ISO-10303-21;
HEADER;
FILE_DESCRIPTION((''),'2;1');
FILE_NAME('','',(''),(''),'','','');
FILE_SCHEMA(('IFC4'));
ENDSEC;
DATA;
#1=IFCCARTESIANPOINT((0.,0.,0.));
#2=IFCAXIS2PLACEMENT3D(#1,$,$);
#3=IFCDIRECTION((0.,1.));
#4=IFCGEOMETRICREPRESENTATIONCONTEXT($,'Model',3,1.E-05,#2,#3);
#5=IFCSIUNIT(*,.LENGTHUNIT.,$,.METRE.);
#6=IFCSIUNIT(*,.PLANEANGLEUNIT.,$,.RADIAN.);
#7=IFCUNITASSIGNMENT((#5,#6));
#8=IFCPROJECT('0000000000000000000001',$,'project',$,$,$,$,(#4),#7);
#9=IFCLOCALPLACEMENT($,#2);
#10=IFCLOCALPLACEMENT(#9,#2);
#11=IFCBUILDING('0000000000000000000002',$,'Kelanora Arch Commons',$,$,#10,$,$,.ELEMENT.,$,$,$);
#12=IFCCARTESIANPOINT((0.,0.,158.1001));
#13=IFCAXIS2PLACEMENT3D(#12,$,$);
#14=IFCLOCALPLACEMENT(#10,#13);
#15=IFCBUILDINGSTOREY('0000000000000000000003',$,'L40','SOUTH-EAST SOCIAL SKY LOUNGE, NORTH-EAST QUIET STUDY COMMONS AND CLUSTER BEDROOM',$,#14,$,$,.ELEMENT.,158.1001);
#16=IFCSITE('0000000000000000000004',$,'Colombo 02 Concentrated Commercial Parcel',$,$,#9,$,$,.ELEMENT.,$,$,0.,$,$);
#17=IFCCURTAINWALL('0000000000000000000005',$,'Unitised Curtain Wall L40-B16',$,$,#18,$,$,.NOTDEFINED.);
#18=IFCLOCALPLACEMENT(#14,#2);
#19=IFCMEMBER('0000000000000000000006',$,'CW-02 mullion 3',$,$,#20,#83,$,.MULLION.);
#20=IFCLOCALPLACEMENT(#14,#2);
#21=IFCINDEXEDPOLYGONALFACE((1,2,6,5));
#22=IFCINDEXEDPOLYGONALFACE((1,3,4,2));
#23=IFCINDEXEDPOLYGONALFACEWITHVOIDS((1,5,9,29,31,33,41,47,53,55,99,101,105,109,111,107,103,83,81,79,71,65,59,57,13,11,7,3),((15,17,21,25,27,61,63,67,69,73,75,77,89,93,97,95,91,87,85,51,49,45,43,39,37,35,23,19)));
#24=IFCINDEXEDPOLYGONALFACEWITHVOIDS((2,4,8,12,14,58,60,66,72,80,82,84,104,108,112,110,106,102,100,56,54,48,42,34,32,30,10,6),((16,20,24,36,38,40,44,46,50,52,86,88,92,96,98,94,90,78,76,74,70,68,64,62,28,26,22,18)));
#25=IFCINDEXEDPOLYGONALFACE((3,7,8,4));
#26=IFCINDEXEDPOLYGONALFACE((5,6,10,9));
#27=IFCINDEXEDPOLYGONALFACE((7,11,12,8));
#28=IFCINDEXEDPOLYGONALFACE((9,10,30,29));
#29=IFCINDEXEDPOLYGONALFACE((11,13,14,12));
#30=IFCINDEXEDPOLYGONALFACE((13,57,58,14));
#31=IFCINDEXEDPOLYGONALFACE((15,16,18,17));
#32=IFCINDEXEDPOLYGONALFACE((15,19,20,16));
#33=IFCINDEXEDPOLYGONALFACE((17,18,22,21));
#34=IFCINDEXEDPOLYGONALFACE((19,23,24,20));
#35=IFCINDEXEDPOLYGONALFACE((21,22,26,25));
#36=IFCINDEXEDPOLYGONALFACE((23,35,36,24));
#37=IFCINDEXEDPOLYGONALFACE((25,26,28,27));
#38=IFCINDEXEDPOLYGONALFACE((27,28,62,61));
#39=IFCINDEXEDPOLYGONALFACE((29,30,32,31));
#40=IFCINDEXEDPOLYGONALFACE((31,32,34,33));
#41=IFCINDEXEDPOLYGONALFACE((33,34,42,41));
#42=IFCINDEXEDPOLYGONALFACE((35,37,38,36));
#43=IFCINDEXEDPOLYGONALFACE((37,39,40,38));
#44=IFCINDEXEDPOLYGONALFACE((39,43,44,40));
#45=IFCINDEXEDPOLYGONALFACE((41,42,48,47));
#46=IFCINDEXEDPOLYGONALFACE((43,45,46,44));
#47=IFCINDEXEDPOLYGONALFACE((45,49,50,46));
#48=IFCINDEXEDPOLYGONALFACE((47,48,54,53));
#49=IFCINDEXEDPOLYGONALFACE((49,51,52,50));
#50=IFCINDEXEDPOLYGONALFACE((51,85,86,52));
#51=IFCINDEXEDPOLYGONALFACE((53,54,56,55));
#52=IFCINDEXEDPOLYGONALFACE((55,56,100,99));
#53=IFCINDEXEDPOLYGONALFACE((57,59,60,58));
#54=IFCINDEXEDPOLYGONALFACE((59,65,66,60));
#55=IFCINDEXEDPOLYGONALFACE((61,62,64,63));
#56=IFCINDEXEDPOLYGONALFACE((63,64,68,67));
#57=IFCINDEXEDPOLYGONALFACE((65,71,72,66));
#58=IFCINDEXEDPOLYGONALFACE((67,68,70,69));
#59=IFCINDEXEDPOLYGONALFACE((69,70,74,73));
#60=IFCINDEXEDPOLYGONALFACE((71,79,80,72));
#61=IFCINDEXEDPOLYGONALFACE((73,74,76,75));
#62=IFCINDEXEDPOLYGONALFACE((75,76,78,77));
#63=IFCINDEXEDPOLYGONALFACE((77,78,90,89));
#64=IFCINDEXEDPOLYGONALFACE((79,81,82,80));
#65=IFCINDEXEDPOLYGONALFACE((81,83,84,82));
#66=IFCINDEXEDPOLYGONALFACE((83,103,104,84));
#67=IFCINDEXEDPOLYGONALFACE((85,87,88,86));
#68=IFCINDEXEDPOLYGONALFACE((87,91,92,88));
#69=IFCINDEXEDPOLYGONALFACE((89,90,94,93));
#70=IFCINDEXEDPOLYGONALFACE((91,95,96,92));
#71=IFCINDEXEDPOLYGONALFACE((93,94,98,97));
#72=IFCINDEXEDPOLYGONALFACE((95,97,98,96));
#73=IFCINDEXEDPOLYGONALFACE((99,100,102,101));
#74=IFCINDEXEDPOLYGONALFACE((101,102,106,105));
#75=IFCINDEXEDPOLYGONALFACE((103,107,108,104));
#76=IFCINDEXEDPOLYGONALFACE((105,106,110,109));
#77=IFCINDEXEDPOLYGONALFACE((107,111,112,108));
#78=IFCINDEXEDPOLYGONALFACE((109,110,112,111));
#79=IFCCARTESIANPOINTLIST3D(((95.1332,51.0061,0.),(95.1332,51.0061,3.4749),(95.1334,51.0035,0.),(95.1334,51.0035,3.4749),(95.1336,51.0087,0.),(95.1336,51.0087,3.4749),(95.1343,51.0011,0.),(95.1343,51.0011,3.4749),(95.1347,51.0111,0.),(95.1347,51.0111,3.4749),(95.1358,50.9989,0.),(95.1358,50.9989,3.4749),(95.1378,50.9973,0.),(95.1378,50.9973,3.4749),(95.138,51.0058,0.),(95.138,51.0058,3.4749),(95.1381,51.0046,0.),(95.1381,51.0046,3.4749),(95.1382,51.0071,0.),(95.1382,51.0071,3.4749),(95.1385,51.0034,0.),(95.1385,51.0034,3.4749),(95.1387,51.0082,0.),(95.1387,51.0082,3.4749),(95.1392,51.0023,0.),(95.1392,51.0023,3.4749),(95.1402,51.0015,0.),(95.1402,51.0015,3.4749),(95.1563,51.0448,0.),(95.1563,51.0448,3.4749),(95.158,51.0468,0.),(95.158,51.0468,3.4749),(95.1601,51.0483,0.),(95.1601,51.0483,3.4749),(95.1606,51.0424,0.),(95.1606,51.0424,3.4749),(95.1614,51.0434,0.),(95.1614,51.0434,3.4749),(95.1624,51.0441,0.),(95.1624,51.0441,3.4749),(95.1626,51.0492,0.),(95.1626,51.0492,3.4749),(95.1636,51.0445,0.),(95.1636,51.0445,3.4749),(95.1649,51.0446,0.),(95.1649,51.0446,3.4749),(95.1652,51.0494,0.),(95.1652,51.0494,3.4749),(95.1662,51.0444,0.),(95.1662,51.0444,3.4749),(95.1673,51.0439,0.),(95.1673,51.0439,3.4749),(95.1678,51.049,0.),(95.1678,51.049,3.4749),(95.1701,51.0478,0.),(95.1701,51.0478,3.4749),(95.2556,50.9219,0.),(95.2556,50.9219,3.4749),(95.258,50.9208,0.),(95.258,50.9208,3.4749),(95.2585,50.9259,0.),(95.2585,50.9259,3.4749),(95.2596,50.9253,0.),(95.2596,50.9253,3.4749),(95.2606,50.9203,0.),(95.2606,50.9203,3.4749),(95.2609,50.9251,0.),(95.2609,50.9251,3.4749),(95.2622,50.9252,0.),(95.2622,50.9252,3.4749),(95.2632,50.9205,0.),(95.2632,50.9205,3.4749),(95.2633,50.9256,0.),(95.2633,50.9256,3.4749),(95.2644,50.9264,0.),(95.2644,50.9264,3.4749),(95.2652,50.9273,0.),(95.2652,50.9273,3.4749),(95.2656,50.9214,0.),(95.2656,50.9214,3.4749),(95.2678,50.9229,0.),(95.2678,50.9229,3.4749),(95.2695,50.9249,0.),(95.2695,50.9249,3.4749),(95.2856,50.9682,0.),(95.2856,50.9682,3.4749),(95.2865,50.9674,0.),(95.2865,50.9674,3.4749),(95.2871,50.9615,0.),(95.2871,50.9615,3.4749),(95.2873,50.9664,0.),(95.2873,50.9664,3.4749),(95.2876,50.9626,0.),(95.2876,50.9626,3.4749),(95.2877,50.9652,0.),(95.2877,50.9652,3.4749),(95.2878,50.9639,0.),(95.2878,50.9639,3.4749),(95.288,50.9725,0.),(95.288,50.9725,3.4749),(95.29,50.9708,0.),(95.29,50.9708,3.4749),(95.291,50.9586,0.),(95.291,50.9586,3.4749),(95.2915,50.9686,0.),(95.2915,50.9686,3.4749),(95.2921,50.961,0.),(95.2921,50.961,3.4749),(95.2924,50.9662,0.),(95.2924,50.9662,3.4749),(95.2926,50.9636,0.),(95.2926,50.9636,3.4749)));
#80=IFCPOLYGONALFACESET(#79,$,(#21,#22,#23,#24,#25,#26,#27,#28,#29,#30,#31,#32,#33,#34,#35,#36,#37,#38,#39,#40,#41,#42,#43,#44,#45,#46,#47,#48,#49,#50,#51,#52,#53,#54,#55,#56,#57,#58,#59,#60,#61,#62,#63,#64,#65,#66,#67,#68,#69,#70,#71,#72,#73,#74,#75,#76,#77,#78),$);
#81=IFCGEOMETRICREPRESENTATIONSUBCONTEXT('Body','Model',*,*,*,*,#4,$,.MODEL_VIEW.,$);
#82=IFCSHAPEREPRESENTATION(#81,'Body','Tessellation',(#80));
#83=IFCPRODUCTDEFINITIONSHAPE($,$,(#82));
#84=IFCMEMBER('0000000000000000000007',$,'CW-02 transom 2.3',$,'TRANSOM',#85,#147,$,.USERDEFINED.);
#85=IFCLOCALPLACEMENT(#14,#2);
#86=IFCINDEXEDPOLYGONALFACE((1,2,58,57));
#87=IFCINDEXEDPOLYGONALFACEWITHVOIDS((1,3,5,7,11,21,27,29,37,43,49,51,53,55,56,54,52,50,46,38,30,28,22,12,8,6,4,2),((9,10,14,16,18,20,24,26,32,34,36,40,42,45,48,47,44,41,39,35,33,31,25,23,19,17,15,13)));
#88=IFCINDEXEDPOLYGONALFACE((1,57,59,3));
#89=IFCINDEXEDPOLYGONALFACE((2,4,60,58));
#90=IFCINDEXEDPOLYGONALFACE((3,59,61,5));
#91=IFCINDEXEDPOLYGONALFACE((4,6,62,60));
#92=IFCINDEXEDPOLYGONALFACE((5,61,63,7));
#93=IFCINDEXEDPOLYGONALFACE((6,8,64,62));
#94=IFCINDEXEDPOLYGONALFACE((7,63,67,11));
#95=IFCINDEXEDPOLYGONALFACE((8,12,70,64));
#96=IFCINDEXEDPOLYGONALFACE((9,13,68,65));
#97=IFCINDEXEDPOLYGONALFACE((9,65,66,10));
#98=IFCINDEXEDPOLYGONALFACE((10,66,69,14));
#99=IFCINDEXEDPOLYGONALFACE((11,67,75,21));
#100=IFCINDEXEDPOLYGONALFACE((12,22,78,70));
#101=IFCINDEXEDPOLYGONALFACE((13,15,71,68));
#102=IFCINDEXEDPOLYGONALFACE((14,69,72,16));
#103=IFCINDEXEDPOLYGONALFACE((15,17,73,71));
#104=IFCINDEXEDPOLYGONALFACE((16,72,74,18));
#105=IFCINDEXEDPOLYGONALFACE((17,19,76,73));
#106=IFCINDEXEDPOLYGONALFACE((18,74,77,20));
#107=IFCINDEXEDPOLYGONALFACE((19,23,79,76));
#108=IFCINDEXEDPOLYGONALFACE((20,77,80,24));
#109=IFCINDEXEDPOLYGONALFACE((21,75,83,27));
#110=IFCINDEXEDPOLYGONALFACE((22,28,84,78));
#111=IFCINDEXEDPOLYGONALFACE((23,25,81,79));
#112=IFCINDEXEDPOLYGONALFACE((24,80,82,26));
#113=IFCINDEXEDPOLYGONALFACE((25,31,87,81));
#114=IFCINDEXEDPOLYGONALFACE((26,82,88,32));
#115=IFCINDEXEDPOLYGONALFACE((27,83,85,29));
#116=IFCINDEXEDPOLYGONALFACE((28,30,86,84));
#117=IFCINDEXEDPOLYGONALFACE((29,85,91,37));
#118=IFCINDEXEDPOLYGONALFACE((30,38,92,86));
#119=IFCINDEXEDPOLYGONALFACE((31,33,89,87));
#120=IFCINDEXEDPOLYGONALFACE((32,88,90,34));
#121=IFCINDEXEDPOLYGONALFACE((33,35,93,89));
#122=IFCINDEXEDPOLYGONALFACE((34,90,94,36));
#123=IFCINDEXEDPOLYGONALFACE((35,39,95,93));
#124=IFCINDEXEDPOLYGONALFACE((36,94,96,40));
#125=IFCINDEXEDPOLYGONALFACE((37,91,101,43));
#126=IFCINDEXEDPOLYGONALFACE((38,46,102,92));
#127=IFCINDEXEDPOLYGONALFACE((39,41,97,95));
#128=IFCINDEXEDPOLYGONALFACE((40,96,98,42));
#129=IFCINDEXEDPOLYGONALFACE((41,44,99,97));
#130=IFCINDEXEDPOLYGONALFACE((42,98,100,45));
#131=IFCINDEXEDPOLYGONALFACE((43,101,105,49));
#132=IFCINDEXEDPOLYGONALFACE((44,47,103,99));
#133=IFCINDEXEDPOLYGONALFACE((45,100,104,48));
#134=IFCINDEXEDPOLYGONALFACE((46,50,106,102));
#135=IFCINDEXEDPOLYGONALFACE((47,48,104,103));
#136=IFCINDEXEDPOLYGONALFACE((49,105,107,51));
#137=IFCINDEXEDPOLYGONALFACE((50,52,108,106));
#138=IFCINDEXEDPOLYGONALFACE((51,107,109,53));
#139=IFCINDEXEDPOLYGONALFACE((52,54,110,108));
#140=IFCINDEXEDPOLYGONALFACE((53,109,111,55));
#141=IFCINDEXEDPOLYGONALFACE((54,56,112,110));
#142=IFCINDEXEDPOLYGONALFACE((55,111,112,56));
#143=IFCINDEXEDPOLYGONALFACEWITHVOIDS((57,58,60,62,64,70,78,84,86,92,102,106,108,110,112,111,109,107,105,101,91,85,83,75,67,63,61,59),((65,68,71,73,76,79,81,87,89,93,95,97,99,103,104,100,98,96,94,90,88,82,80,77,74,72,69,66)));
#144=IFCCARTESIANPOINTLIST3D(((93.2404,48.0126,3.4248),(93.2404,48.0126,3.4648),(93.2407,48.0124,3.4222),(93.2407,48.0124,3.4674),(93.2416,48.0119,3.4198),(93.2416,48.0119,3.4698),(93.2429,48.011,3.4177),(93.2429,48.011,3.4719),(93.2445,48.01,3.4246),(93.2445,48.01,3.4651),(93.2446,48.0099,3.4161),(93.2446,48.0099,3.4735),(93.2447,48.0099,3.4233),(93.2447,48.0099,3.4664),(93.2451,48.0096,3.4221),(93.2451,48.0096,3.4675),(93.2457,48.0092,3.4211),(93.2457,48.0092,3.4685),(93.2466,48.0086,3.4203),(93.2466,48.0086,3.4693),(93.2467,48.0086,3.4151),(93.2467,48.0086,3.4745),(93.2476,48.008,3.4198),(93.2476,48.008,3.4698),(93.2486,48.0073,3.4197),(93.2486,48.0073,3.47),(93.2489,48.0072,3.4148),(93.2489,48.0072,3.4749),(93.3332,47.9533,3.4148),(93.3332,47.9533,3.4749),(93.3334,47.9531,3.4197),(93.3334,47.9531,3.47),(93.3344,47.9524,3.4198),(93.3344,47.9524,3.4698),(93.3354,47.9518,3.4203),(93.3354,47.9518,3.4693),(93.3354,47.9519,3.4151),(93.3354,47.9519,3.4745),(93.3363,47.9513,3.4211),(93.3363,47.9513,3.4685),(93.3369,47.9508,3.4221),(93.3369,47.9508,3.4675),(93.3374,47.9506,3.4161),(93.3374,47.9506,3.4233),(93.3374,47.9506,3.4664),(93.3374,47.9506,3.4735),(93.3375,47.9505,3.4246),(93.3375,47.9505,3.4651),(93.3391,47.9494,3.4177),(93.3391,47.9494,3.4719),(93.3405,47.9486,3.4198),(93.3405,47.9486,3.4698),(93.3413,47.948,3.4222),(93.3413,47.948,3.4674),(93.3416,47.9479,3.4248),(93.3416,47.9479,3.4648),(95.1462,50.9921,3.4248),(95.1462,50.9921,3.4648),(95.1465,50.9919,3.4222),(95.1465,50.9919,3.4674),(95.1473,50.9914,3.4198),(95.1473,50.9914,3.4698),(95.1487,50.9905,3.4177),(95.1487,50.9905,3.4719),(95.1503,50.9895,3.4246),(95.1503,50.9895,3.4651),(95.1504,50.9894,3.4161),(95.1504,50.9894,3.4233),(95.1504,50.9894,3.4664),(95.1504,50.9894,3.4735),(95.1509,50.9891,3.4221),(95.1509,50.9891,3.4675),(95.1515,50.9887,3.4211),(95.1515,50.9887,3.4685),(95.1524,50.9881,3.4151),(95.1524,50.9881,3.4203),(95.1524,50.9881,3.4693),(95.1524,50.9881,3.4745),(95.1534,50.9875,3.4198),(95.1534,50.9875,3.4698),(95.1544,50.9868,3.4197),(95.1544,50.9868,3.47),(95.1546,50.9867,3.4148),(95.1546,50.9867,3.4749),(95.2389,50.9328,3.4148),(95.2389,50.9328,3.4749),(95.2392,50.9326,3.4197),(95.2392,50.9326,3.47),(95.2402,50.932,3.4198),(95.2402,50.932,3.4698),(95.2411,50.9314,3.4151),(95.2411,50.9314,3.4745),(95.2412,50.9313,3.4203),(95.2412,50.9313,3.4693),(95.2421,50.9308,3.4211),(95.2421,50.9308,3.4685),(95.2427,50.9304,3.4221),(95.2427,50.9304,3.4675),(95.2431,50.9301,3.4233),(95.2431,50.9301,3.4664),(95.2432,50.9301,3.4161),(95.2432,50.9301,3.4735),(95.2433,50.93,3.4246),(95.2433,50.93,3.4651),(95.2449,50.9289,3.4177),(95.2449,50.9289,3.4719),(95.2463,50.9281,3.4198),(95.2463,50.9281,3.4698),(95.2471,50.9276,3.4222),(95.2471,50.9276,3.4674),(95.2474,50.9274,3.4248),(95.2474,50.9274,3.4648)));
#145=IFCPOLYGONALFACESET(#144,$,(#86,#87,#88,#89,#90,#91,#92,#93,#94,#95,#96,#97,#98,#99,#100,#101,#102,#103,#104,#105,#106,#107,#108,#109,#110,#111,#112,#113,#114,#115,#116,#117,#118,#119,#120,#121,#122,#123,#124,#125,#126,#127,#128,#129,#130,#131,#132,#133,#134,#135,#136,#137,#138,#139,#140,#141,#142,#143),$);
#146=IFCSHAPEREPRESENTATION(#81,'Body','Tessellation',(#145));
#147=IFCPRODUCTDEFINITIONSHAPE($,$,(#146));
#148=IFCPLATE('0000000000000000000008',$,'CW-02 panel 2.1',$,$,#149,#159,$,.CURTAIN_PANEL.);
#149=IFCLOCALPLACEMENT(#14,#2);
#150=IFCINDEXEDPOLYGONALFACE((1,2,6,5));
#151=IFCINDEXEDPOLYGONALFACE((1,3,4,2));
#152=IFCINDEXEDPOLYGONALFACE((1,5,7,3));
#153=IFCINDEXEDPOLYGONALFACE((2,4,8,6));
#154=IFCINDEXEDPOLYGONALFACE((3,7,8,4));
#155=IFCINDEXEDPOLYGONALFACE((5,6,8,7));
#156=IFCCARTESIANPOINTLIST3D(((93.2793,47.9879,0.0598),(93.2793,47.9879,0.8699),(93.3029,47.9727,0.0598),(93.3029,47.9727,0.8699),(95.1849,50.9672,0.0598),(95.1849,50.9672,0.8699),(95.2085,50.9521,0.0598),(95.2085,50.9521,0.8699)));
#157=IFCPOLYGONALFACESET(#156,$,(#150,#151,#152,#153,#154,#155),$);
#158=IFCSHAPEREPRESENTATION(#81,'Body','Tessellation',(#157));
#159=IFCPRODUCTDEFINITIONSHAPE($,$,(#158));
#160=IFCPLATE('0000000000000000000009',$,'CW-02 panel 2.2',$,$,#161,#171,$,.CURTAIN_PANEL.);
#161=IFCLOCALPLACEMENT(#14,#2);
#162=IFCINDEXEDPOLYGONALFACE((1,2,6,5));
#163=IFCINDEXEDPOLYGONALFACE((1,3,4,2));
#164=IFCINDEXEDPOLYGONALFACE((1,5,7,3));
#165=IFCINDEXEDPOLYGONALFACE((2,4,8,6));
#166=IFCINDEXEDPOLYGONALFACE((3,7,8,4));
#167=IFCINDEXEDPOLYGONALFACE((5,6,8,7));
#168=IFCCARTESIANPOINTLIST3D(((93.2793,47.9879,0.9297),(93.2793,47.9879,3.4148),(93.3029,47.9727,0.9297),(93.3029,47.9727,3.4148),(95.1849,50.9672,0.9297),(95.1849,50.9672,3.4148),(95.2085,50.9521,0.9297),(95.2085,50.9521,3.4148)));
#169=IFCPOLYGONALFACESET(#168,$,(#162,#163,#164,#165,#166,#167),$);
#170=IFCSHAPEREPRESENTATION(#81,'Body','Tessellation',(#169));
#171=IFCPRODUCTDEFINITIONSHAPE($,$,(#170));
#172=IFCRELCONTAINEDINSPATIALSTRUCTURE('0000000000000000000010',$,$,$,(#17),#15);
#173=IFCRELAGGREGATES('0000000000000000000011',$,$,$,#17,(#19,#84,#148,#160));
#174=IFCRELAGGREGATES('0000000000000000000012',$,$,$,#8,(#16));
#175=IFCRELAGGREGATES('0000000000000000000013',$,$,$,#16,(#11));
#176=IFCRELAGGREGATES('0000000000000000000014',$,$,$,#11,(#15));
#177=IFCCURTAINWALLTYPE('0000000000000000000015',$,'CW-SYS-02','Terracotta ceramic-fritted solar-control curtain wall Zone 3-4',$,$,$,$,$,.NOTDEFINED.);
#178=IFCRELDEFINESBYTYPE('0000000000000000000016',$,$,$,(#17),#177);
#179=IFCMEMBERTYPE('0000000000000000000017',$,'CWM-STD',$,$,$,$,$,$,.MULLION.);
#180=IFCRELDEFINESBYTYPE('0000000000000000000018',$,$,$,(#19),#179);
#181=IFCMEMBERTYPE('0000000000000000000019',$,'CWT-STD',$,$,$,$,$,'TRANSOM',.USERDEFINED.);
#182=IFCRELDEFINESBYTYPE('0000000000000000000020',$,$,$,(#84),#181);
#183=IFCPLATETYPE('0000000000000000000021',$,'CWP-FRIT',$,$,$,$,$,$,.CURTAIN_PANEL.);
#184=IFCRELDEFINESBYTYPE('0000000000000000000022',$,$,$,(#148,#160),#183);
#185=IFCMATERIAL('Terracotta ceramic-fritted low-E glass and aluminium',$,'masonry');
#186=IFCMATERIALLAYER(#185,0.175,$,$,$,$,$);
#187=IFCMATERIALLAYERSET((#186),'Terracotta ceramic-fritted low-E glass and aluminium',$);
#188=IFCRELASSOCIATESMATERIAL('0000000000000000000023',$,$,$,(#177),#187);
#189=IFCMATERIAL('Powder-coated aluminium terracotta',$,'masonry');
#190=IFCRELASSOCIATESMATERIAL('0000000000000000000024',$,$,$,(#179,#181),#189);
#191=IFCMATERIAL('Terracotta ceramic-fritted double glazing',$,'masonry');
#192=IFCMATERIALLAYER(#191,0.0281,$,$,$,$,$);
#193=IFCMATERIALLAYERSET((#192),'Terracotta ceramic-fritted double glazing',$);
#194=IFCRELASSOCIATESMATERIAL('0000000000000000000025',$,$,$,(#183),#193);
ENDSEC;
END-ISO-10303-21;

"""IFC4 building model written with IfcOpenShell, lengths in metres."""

from ifc_helpers import new_model, si_unit, direction, frame, origin, origin_2d, place, context, subcontext, project, spatial, rectangle, hollow_rectangle, extrude, source, transform, mapped, material, layer, layer_set, material_profile, profile_set, type_object, element, aggregate, save


model = new_model("IFC4")

# Units and contexts
model_context = context("Model", 3, precision=1e-05, world=origin(), true_north=direction((0.0, 1.0)))
body_context = subcontext(model_context, "Body", "Model", "MODEL_VIEW")
ifc_project = project(units=[si_unit("LENGTHUNIT", "METRE"), si_unit("PLANEANGLEUNIT", "RADIAN")], contexts=[model_context])

# Site, building, storey
site_placement = place(None, origin())
site = spatial("IfcSite", under=ifc_project, at=site_placement, Name="Colombo 02 Concentrated Commercial Parcel", CompositionType="ELEMENT", RefElevation=0.0)
building_placement = place(site_placement, origin())
building = spatial("IfcBuilding", under=site, at=building_placement, Name="Kelanora Arch Commons", CompositionType="ELEMENT")
storey_placement = place(building_placement, frame((0.0, 0.0, 158.1001)))
storey = spatial("IfcBuildingStorey", under=building, at=storey_placement, Name="L40", Description="SOUTH-EAST SOCIAL SKY LOUNGE, NORTH-EAST QUIET STUDY COMMONS AND CLUSTER BEDROOM", CompositionType="ELEMENT", Elevation=158.1001)

# Curtain wall, members, plates
ifc_material_1 = material(Name="Terracotta ceramic-fritted low-E glass and aluminium", Category="masonry")
ifc_layer_1 = layer(ifc_material_1, 0.175)
ifc_layer_set_1 = layer_set([ifc_layer_1], Name="Terracotta ceramic-fritted low-E glass and aluminium")
curtain_wall_type = type_object("IfcCurtainWallType", Name="CW-SYS-02", Description="Terracotta ceramic-fritted solar-control curtain wall Zone 3-4", PredefinedType="NOTDEFINED", material=ifc_layer_set_1)
curtain_wall_placement = place(storey_placement, origin())
curtain_wall = element("IfcCurtainWall", 1, at=curtain_wall_placement, inside=storey, type_object=curtain_wall_type, Name="Unitised Curtain Wall L40-B16", PredefinedType="NOTDEFINED")
ifc_material_2 = material(Name="Powder-coated aluminium terracotta", Category="masonry")
ifc_material_profile_1 = material_profile(ifc_material_2, hollow_rectangle(XDim=0.1599, YDim=0.0601, WallThickness=0.0049, InnerFilletRadius=0.0049, OuterFilletRadius=0.01, at=origin_2d()), Name="CWM160x60")
ifc_profile_set_1 = profile_set([ifc_material_profile_1], Name="Powder-coated aluminium terracotta")
member_type_1 = type_object("IfcMemberType", Name="CWM-STD", PredefinedType="MULLION", material=ifc_profile_set_1)
member_1_placement = place(storey_placement, frame((95.2129, 50.9849, 0.0), z_axis=(0.0, 0.0, 1.0), x_axis=(-0.842423, 0.538817, 0.0)))
member_1 = element("IfcMember", 2, at=member_1_placement, type_object=member_type_1, Name="CW-02 mullion 3", PredefinedType="MULLION", context=body_context, shape_type="SweptSolid", body=[
    extrude(hollow_rectangle(XDim=0.1599, YDim=0.0601, WallThickness=0.0049, InnerFilletRadius=0.0049, OuterFilletRadius=0.01, at=origin_2d()), origin(), (0.0, 0.0, 1.0), 3.4749),
])
ifc_material_profile_2 = material_profile(ifc_material_2, hollow_rectangle(XDim=0.1201, YDim=0.0601, WallThickness=0.0049, InnerFilletRadius=0.0049, OuterFilletRadius=0.01, at=origin_2d()), Name="CWT120x60")
ifc_profile_set_2 = profile_set([ifc_material_profile_2], Name="Powder-coated aluminium terracotta")
member_type_2 = type_object("IfcMemberType", Name="CWT-STD", ElementType="TRANSOM", PredefinedType="USERDEFINED", material=ifc_profile_set_2)
member_2_placement = place(storey_placement, frame((93.291, 47.9802, 3.4448), z_axis=(0.53883, 0.842414, 0.0), x_axis=(-0.842414, 0.53883, 0.0)))
member_2 = element("IfcMember", 3, at=member_2_placement, type_object=member_type_2, Name="CW-02 transom 2.3", ObjectType="TRANSOM", PredefinedType="USERDEFINED", context=body_context, shape_type="SweptSolid", body=[
    extrude(hollow_rectangle(XDim=0.1201, YDim=0.0601, WallThickness=0.0049, InnerFilletRadius=0.0049, OuterFilletRadius=0.01, at=origin_2d()), origin(), (0.0, 0.0, 1.0), 3.5369),
])
ifc_material_3 = material(Name="Terracotta ceramic-fritted double glazing", Category="masonry")
ifc_layer_2 = layer(ifc_material_3, 0.0281)
ifc_layer_set_2 = layer_set([ifc_layer_2], Name="Terracotta ceramic-fritted double glazing")
plate_type = type_object("IfcPlateType", Name="CWP-FRIT", PredefinedType="CURTAIN_PANEL", material=ifc_layer_set_2)
shared_shape_1 = source(origin(), body_context, "Body", "SweptSolid", [
    extrude(rectangle(XDim=3.5366, YDim=0.0281, at=origin_2d()), origin(), (0.0, 0.0, 1.0), 0.8101),
])
plate_1_placement = place(storey_placement, frame((94.2439, 49.47, 0.0598), z_axis=(0.0, 0.0, 1.0), x_axis=(0.538817, 0.842423, 0.0)))
plate_1 = element("IfcPlate", 4, at=plate_1_placement, type_object=plate_type, Name="CW-02 panel 2.1", PredefinedType="CURTAIN_PANEL", context=body_context, shape_type="MappedRepresentation", body=[
    mapped(shared_shape_1, transform((0.0, 0.0, 0.0), scale=1.0)),
])
shared_shape_2 = source(origin(), body_context, "Body", "SweptSolid", [
    extrude(rectangle(XDim=3.5366, YDim=0.0281, at=origin_2d()), origin(), (0.0, 0.0, 1.0), 2.4851),
])
plate_2_placement = place(storey_placement, frame((94.2439, 49.47, 0.9297), z_axis=(0.0, 0.0, 1.0), x_axis=(0.538817, 0.842423, 0.0)))
plate_2 = element("IfcPlate", 5, at=plate_2_placement, type_object=plate_type, Name="CW-02 panel 2.2", PredefinedType="CURTAIN_PANEL", context=body_context, shape_type="MappedRepresentation", body=[
    mapped(shared_shape_2, transform((0.0, 0.0, 0.0), scale=1.0)),
])
aggregate(curtain_wall, [member_1, member_2, plate_1, plate_2])

save(model, "model.ifc")
